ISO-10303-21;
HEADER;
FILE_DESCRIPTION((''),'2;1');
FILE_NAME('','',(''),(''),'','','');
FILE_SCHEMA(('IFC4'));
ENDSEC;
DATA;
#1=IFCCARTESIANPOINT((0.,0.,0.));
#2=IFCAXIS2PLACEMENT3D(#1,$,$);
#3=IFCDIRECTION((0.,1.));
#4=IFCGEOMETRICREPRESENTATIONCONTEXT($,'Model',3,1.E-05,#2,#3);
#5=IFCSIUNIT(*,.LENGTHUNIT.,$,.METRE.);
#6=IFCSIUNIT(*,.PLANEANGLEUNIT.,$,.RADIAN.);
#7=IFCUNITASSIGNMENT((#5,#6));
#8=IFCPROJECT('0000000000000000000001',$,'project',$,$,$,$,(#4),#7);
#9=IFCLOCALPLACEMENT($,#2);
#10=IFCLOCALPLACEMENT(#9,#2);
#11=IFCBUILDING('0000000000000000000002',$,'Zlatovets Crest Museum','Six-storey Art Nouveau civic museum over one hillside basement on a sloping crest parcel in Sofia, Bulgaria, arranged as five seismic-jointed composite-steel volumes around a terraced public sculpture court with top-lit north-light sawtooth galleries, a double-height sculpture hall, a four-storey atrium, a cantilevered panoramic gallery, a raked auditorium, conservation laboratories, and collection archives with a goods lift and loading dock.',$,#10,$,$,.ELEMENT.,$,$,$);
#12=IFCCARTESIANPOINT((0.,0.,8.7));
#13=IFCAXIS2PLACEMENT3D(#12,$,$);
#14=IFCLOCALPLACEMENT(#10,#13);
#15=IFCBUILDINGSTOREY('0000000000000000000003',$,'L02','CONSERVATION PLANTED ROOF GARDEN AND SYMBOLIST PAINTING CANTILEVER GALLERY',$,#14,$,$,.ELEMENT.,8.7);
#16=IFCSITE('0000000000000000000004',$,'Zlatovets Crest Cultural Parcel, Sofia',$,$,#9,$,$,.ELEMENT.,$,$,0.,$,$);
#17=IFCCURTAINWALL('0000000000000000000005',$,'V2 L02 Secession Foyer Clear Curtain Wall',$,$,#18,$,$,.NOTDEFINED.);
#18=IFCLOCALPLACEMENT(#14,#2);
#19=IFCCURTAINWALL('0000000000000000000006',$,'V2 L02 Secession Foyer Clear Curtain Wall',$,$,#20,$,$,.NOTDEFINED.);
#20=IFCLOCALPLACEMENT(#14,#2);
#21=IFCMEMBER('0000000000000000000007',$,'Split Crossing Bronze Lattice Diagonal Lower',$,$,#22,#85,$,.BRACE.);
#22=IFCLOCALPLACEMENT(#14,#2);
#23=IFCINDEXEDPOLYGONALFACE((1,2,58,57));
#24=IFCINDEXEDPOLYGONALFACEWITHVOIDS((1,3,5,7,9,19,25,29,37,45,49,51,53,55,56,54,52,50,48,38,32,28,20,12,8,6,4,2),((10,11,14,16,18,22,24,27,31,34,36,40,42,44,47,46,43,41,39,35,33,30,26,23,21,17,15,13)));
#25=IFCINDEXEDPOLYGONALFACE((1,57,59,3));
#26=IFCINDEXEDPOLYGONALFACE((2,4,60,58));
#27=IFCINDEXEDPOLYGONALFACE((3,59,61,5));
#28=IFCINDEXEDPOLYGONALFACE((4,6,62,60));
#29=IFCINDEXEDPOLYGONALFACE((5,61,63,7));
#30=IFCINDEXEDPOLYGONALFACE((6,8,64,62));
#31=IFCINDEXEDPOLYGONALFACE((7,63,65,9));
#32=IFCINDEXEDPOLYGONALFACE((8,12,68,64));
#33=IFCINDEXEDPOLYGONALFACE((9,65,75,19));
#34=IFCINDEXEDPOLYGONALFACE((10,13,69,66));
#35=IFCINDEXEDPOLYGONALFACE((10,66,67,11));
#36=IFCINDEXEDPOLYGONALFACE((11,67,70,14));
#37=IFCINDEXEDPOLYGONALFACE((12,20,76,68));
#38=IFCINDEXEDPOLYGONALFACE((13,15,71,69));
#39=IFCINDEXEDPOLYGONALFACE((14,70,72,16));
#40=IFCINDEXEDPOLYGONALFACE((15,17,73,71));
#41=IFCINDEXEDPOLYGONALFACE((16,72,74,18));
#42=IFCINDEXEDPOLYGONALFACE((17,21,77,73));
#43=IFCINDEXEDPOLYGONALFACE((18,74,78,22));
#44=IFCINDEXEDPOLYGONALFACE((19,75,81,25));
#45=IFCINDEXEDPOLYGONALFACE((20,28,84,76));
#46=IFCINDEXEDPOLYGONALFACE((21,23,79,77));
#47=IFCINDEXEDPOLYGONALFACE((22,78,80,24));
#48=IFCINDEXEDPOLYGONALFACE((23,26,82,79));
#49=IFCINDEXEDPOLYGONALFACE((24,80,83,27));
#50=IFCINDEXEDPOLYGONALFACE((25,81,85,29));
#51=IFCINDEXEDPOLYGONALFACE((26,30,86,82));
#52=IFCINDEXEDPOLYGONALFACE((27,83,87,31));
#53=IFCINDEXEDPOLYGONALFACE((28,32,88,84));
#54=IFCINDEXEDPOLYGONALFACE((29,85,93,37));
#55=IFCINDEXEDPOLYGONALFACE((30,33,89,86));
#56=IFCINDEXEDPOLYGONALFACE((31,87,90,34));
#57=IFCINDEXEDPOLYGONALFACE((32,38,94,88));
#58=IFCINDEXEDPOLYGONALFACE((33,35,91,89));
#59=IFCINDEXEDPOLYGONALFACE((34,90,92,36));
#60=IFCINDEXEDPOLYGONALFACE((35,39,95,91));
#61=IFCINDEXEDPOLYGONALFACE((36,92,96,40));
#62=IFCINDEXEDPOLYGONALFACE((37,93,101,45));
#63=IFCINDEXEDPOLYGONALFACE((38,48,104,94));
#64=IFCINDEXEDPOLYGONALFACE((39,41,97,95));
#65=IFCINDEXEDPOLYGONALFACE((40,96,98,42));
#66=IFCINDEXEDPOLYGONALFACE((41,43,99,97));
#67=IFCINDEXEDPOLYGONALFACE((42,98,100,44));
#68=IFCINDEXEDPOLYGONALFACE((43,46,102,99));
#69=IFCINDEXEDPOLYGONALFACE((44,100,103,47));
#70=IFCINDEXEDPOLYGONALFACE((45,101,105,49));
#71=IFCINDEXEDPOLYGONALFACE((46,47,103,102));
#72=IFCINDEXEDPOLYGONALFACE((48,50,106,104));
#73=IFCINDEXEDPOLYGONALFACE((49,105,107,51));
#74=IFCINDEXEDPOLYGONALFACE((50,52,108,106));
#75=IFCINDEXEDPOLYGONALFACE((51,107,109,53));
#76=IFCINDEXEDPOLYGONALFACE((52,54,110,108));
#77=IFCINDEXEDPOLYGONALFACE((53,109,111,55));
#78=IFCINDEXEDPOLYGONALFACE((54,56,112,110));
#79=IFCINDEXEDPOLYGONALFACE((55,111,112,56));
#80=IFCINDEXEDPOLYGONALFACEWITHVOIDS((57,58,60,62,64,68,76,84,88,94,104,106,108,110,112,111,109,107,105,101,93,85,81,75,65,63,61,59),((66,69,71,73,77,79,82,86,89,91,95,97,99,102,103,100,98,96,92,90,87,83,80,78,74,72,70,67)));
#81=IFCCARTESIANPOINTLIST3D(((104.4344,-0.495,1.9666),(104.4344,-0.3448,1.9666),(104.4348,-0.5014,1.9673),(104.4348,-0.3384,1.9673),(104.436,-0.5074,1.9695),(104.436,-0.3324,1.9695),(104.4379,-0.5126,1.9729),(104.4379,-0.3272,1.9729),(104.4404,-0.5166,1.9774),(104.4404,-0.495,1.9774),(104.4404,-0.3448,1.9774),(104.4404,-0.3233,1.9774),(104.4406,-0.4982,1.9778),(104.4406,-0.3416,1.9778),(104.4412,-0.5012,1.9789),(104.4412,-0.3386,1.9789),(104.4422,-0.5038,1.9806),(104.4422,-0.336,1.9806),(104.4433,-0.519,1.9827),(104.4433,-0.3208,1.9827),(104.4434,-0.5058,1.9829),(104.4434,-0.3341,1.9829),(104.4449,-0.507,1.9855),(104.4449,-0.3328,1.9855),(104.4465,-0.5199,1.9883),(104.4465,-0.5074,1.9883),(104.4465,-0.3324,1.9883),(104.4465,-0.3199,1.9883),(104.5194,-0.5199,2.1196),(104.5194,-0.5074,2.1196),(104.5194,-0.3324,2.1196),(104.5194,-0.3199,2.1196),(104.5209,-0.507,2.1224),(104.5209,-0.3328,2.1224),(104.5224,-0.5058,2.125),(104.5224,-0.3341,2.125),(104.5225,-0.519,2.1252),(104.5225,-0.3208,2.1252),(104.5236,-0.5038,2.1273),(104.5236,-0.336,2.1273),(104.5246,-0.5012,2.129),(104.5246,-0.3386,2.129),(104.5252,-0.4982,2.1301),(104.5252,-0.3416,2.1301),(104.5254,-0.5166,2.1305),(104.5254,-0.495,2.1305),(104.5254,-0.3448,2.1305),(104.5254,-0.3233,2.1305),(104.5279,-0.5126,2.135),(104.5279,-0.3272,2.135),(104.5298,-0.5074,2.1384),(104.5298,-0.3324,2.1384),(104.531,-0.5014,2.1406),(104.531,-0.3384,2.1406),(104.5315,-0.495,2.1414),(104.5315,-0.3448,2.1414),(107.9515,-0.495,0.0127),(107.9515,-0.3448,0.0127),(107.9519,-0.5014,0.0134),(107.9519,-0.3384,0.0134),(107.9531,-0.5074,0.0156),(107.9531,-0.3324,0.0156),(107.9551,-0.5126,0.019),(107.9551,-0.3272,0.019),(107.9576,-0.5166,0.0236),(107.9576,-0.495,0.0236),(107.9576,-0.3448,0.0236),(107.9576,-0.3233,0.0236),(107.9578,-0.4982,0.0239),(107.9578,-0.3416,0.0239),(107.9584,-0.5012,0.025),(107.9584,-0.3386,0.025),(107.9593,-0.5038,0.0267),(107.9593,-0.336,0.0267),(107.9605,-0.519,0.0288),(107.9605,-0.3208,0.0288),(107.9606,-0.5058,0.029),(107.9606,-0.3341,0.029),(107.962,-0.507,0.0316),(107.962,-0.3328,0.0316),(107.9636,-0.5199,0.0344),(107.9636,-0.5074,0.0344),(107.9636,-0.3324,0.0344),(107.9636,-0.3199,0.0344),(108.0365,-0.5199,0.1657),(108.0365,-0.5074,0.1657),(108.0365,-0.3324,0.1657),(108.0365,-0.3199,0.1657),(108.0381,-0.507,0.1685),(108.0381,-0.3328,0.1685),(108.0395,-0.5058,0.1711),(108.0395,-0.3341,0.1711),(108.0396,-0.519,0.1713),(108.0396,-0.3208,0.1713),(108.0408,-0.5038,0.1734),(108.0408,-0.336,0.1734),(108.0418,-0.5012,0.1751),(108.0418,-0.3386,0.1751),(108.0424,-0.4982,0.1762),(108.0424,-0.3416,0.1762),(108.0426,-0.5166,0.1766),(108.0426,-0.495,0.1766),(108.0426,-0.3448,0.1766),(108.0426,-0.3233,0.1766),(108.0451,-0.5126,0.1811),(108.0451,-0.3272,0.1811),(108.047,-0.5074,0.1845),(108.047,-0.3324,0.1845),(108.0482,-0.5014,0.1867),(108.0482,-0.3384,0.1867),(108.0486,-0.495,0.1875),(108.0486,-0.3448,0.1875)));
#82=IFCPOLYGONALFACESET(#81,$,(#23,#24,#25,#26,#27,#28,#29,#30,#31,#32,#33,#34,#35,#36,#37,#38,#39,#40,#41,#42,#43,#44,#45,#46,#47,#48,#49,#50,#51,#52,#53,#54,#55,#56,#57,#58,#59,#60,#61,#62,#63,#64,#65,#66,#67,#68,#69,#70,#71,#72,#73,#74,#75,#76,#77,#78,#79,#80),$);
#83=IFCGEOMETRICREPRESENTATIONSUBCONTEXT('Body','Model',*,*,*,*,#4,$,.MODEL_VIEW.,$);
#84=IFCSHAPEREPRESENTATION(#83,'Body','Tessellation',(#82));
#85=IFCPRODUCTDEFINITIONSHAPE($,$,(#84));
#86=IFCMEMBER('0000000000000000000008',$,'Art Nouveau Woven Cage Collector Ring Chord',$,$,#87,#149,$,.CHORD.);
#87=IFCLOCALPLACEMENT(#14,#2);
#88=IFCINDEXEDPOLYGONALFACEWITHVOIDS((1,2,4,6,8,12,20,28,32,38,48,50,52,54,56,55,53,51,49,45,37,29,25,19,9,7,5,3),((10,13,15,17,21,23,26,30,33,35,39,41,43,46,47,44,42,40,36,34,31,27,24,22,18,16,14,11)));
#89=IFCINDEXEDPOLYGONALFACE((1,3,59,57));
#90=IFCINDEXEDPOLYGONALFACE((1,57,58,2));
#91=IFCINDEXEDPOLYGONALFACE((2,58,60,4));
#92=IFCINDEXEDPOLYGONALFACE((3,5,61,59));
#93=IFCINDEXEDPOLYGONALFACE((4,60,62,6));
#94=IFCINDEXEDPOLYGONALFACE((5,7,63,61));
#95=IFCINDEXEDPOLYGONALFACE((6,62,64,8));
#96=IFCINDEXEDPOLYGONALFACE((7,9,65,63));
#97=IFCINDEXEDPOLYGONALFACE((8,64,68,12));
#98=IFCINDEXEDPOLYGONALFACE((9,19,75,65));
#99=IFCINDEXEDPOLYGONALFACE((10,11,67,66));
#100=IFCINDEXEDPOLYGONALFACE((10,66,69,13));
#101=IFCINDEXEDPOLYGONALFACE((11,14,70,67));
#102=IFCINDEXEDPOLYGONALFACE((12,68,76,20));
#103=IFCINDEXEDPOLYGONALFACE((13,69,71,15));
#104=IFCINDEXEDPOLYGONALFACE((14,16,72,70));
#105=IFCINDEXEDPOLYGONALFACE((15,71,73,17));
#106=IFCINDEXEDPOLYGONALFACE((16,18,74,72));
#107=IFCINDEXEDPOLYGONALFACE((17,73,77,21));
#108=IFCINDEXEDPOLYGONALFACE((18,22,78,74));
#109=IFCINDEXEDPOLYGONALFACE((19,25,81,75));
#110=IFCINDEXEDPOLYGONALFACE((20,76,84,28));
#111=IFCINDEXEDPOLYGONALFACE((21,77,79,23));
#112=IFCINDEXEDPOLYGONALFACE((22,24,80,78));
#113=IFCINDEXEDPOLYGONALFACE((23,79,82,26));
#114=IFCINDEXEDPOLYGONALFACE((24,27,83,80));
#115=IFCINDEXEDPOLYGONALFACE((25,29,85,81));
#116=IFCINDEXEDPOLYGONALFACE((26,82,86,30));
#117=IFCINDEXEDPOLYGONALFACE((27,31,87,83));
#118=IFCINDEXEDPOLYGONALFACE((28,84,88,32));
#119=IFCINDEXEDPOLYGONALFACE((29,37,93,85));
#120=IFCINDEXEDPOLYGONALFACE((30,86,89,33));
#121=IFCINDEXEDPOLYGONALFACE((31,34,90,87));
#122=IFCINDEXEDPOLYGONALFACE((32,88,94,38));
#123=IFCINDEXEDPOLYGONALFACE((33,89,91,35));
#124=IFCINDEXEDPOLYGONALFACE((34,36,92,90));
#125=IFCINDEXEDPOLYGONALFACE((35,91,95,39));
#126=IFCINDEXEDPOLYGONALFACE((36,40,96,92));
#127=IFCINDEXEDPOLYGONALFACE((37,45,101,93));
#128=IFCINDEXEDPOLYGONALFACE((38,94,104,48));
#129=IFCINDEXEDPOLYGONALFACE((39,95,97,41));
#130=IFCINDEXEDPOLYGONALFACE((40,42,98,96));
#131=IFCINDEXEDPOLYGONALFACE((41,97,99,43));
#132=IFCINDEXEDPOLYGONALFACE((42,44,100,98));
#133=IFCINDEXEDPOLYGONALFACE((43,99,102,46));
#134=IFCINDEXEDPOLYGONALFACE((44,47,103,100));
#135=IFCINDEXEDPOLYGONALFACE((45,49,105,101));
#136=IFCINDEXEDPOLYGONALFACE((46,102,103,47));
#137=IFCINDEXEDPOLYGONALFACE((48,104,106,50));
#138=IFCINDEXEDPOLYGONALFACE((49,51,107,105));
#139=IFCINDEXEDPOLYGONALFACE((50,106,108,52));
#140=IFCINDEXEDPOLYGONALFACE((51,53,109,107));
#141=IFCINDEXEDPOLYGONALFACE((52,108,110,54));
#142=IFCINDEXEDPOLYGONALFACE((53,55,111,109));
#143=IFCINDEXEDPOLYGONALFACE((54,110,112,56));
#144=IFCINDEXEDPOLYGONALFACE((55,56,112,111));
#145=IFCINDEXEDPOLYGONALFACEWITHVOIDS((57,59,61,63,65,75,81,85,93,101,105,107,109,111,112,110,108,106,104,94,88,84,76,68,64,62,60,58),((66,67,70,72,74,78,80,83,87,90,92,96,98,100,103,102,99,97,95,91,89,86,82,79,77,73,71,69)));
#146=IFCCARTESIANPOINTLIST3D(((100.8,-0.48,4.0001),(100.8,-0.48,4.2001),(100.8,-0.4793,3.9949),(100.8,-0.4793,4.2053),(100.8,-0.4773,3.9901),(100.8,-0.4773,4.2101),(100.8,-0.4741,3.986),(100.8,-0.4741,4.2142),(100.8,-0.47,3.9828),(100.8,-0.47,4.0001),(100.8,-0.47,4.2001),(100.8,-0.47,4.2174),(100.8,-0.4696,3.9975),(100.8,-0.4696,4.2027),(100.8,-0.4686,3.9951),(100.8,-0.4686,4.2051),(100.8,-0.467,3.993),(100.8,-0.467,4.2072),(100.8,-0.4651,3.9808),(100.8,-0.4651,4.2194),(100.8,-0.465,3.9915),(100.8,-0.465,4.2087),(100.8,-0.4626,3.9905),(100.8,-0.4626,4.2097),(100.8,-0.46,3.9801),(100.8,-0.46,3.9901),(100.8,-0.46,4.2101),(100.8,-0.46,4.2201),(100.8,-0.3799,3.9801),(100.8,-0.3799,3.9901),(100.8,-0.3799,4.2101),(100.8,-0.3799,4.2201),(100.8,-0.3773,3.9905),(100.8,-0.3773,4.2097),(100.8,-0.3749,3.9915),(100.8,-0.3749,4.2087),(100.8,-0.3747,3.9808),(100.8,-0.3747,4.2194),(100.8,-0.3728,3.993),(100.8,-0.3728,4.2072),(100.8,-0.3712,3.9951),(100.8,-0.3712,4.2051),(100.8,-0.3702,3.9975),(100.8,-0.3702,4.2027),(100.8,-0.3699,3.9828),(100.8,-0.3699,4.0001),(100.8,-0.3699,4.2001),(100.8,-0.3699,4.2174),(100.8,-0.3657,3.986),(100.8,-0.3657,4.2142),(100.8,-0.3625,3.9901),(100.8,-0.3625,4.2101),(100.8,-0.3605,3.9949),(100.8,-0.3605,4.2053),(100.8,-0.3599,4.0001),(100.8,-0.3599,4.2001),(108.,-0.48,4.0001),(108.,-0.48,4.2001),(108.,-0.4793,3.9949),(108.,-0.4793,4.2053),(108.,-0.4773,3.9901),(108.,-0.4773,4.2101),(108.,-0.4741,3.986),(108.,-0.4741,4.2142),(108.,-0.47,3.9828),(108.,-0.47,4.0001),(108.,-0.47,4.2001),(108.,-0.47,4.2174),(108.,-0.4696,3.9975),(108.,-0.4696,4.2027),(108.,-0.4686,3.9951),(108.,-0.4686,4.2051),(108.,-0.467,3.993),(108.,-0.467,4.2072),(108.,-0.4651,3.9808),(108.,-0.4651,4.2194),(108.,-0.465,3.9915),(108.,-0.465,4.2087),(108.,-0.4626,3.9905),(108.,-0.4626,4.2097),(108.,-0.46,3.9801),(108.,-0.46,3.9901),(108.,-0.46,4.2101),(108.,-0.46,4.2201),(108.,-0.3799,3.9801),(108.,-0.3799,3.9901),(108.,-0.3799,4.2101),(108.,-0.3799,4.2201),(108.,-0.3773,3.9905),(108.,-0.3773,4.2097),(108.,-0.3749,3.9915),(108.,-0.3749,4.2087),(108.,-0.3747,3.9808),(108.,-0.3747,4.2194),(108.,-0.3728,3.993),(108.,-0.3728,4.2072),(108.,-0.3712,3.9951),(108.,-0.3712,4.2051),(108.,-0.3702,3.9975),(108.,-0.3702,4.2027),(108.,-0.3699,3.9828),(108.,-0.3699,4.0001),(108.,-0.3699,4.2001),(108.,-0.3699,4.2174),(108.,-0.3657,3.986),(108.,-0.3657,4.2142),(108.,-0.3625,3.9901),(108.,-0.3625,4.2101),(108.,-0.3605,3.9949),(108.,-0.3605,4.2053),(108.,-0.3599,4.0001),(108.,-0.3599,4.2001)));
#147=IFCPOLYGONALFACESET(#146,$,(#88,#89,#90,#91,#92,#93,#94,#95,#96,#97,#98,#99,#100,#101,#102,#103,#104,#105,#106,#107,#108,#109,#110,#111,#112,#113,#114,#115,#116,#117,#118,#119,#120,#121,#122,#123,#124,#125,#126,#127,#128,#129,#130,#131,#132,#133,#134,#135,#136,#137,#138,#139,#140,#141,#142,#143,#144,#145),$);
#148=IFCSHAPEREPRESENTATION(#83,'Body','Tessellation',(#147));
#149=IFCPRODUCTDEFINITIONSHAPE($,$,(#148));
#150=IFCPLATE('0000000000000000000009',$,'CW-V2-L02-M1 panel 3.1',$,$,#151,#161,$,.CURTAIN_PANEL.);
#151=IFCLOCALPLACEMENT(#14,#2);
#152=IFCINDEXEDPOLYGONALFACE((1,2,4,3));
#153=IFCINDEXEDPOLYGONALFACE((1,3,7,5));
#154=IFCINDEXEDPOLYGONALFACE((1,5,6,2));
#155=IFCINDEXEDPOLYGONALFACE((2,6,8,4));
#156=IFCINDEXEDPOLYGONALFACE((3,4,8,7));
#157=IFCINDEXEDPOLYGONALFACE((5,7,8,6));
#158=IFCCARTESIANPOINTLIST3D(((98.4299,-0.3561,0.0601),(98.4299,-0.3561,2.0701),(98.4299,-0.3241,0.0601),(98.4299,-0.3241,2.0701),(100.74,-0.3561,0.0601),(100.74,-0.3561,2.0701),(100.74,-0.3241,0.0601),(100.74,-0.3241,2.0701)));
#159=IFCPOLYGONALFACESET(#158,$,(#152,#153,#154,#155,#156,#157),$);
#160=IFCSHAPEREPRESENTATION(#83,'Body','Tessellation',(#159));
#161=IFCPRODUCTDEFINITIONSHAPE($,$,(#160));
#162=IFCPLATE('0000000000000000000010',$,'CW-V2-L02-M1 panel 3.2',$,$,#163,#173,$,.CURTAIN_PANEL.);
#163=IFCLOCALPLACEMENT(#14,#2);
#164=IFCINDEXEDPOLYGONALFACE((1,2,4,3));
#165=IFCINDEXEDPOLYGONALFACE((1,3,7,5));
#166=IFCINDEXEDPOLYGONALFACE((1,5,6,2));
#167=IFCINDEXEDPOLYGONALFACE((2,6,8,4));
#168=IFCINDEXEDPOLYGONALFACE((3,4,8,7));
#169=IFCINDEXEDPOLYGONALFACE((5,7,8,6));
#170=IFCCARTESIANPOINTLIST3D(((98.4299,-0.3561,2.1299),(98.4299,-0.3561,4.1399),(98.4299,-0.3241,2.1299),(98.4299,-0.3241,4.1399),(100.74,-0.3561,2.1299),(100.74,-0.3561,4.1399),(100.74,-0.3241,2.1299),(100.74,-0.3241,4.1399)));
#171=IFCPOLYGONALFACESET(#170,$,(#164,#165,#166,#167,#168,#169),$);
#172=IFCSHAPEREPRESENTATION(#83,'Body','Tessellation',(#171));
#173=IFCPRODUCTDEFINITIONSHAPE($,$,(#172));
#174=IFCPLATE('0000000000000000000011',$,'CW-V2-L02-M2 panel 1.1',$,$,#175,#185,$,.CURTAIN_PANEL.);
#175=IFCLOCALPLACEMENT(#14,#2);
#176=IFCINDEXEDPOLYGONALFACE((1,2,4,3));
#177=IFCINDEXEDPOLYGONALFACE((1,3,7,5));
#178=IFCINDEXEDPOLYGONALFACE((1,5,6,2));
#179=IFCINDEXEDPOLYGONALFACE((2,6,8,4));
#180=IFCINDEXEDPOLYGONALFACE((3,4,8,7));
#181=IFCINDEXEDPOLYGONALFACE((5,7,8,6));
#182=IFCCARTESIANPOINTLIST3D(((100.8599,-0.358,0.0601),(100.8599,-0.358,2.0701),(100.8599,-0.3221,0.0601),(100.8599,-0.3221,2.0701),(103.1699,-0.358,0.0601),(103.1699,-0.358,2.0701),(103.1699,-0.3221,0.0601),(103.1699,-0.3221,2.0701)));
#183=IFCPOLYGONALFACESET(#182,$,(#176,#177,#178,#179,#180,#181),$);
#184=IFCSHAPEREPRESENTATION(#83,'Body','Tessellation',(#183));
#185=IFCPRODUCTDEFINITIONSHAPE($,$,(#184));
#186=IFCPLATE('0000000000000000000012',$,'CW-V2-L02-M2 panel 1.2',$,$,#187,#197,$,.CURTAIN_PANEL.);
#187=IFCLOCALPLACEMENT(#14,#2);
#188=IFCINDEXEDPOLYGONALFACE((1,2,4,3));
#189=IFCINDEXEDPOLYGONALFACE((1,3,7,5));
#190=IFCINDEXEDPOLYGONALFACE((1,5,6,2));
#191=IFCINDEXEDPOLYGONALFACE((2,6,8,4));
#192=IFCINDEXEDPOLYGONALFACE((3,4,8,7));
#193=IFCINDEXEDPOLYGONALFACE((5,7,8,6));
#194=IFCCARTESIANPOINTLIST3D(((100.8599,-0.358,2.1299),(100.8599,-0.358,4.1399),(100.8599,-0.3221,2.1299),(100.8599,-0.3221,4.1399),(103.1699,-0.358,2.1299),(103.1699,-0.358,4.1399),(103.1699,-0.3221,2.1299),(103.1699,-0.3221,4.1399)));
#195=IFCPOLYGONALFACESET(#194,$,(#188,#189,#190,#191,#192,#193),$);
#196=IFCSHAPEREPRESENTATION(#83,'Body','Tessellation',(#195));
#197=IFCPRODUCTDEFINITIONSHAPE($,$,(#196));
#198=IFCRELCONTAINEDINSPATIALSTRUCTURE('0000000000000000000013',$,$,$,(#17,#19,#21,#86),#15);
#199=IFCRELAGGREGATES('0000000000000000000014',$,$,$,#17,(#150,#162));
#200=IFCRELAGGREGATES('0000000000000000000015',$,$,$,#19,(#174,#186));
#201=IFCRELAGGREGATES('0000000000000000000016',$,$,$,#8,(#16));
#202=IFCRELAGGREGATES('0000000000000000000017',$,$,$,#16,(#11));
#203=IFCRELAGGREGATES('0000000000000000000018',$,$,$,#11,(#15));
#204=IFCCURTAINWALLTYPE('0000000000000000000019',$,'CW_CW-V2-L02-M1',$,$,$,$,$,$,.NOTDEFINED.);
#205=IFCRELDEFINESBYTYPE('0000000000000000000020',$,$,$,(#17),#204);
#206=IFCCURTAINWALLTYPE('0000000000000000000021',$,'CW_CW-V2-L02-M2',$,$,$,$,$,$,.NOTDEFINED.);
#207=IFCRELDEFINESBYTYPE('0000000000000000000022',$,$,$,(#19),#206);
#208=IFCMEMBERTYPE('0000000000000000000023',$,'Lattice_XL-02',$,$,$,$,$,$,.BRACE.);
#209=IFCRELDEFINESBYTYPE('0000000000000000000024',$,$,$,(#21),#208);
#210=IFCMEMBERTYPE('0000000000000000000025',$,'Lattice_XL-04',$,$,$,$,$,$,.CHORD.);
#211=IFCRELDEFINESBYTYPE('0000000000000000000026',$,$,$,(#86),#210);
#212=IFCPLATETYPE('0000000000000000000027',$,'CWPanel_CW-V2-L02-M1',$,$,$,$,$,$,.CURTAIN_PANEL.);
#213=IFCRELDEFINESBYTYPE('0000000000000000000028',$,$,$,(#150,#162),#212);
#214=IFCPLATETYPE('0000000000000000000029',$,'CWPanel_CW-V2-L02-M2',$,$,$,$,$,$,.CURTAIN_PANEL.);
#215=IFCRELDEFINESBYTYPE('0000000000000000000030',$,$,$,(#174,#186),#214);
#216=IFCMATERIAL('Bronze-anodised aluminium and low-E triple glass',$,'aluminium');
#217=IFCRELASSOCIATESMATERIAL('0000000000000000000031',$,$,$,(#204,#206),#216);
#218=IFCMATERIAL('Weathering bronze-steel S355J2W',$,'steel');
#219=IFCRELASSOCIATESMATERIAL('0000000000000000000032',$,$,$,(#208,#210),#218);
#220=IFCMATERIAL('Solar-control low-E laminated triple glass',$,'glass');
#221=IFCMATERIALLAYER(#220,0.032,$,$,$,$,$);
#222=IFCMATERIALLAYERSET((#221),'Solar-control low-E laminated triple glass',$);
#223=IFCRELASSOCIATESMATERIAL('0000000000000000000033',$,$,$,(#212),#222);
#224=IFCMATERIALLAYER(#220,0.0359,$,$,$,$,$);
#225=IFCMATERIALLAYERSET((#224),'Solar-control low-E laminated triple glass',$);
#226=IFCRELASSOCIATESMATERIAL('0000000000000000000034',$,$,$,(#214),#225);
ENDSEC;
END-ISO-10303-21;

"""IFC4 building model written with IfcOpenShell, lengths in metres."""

from ifc_helpers import new_model, si_unit, direction, frame, origin, origin_2d, place, context, subcontext, project, spatial, rectangle, hollow_rectangle, extrude, material, layer, layer_set, material_profile, profile_set, type_object, element, aggregate, save


model = new_model("IFC4")

# Units and contexts
model_context = context("Model", 3, precision=1e-05, world=origin(), true_north=direction((0.0, 1.0)))
body_context = subcontext(model_context, "Body", "Model", "MODEL_VIEW")
ifc_project = project(units=[si_unit("LENGTHUNIT", "METRE"), si_unit("PLANEANGLEUNIT", "RADIAN")], contexts=[model_context])

# Site, building, storey
site_placement = place(None, origin())
site = spatial("IfcSite", under=ifc_project, at=site_placement, Name="Zlatovets Crest Cultural Parcel, Sofia", CompositionType="ELEMENT", RefElevation=0.0)
building_placement = place(site_placement, origin())
building = spatial("IfcBuilding", under=site, at=building_placement, Name="Zlatovets Crest Museum", Description="Six-storey Art Nouveau civic museum over one hillside basement on a sloping crest parcel in Sofia, Bulgaria, arranged as five seismic-jointed composite-steel volumes around a terraced public sculpture court with top-lit north-light sawtooth galleries, a double-height sculpture hall, a four-storey atrium, a cantilevered panoramic gallery, a raked auditorium, conservation laboratories, and collection archives with a goods lift and loading dock.", CompositionType="ELEMENT")
storey_placement = place(building_placement, frame((0.0, 0.0, 8.7)))
storey = spatial("IfcBuildingStorey", under=building, at=storey_placement, Name="L02", Description="CONSERVATION PLANTED ROOF GARDEN AND SYMBOLIST PAINTING CANTILEVER GALLERY", CompositionType="ELEMENT", Elevation=8.7)

# Curtain wall
ifc_material_1 = material(Name="Bronze-anodised aluminium and low-E triple glass", Category="aluminium")
curtain_wall_type_1 = type_object("IfcCurtainWallType", Name="CW_CW-V2-L02-M1", PredefinedType="NOTDEFINED", material=ifc_material_1)
curtain_wall_1_placement = place(storey_placement, origin())
curtain_wall_1 = element("IfcCurtainWall", 1, at=curtain_wall_1_placement, inside=storey, type_object=curtain_wall_type_1, Name="V2 L02 Secession Foyer Clear Curtain Wall", PredefinedType="NOTDEFINED")

# Curtain wall
curtain_wall_type_2 = type_object("IfcCurtainWallType", Name="CW_CW-V2-L02-M2", PredefinedType="NOTDEFINED", material=ifc_material_1)
curtain_wall_2_placement = place(storey_placement, origin())
curtain_wall_2 = element("IfcCurtainWall", 2, at=curtain_wall_2_placement, inside=storey, type_object=curtain_wall_type_2, Name="V2 L02 Secession Foyer Clear Curtain Wall", PredefinedType="NOTDEFINED")

# Members
ifc_material_2 = material(Name="Weathering bronze-steel S355J2W", Category="steel")
ifc_material_profile_1 = material_profile(ifc_material_2, hollow_rectangle(XDim=0.2, YDim=0.2, WallThickness=0.0125, InnerFilletRadius=0.0125, OuterFilletRadius=0.0249, at=origin_2d()), Name="SHS 200x200x12.5")
ifc_profile_set_1 = profile_set([ifc_material_profile_1], Name="Weathering bronze-steel S355J2W")
member_type_1 = type_object("IfcMemberType", Name="Lattice_XL-02", PredefinedType="BRACE", material=ifc_profile_set_1)
member_1_placement = place(storey_placement, frame((104.4829, -0.4199, 2.054), z_axis=(0.874166, 0.0, -0.485627), x_axis=(0.0, 1.0, 0.0)))
element("IfcMember", 3, at=member_1_placement, inside=storey, type_object=member_type_1, Name="Split Crossing Bronze Lattice Diagonal Lower", PredefinedType="BRACE", context=body_context, shape_type="SweptSolid", body=[
    extrude(hollow_rectangle(XDim=0.2, YDim=0.2, WallThickness=0.0125, InnerFilletRadius=0.0125, OuterFilletRadius=0.0249, at=origin_2d()), origin(), (0.0, 0.0, 1.0), 4.0234),
])
ifc_material_profile_2 = material_profile(ifc_material_2, hollow_rectangle(XDim=0.1201, YDim=0.24, WallThickness=0.01, InnerFilletRadius=0.01, OuterFilletRadius=0.02, at=origin_2d()), Name="RHS 120x240x10.0")
ifc_profile_set_2 = profile_set([ifc_material_profile_2], Name="Weathering bronze-steel S355J2W")
member_type_2 = type_object("IfcMemberType", Name="Lattice_XL-04", PredefinedType="CHORD", material=ifc_profile_set_2)
member_2_placement = place(storey_placement, frame((100.8, -0.4199, 4.1001), z_axis=(1.0, 0.0, 0.0), x_axis=(0.0, 1.0, 0.0)))
element("IfcMember", 4, at=member_2_placement, inside=storey, type_object=member_type_2, Name="Art Nouveau Woven Cage Collector Ring Chord", PredefinedType="CHORD", context=body_context, shape_type="SweptSolid", body=[
    extrude(hollow_rectangle(XDim=0.1201, YDim=0.24, WallThickness=0.01, InnerFilletRadius=0.01, OuterFilletRadius=0.02, at=origin_2d()), origin(), (0.0, 0.0, 1.0), 7.2),
])

# Plates
ifc_material_3 = material(Name="Solar-control low-E laminated triple glass", Category="glass")
ifc_layer_1 = layer(ifc_material_3, 0.032)
ifc_layer_set_1 = layer_set([ifc_layer_1], Name="Solar-control low-E laminated triple glass")
plate_type_1 = type_object("IfcPlateType", Name="CWPanel_CW-V2-L02-M1", PredefinedType="CURTAIN_PANEL", material=ifc_layer_set_1)
plate_1_placement = place(storey_placement, frame((99.585, -0.3401, 0.0601), z_axis=(0.0, 0.0, 1.0), x_axis=(1.0, 0.0, 0.0)))
plate_1 = element("IfcPlate", 5, at=plate_1_placement, type_object=plate_type_1, Name="CW-V2-L02-M1 panel 3.1", PredefinedType="CURTAIN_PANEL", context=body_context, shape_type="SweptSolid", body=[
    extrude(rectangle(XDim=2.3101, YDim=0.032, at=origin_2d()), origin(), (0.0, 0.0, 1.0), 2.01),
])
plate_2_placement = place(storey_placement, frame((99.585, -0.3401, 2.1299), z_axis=(0.0, 0.0, 1.0), x_axis=(1.0, 0.0, 0.0)))
plate_2 = element("IfcPlate", 6, at=plate_2_placement, type_object=plate_type_1, Name="CW-V2-L02-M1 panel 3.2", PredefinedType="CURTAIN_PANEL", context=body_context, shape_type="SweptSolid", body=[
    extrude(rectangle(XDim=2.3101, YDim=0.032, at=origin_2d()), origin(), (0.0, 0.0, 1.0), 2.01),
])
aggregate(curtain_wall_1, [plate_1, plate_2])
ifc_layer_2 = layer(ifc_material_3, 0.0359)
ifc_layer_set_2 = layer_set([ifc_layer_2], Name="Solar-control low-E laminated triple glass")
plate_type_2 = type_object("IfcPlateType", Name="CWPanel_CW-V2-L02-M2", PredefinedType="CURTAIN_PANEL", material=ifc_layer_set_2)
plate_3_placement = place(storey_placement, frame((102.0149, -0.3401, 0.0601), z_axis=(0.0, 0.0, 1.0), x_axis=(1.0, 0.0, 0.0)))
plate_3 = element("IfcPlate", 7, at=plate_3_placement, type_object=plate_type_2, Name="CW-V2-L02-M2 panel 1.1", PredefinedType="CURTAIN_PANEL", context=body_context, shape_type="SweptSolid", body=[
    extrude(rectangle(XDim=2.3101, YDim=0.0359, at=origin_2d()), origin(), (0.0, 0.0, 1.0), 2.01),
])
plate_4_placement = place(storey_placement, frame((102.0149, -0.3401, 2.1299), z_axis=(0.0, 0.0, 1.0), x_axis=(1.0, 0.0, 0.0)))
plate_4 = element("IfcPlate", 8, at=plate_4_placement, type_object=plate_type_2, Name="CW-V2-L02-M2 panel 1.2", PredefinedType="CURTAIN_PANEL", context=body_context, shape_type="SweptSolid", body=[
    extrude(rectangle(XDim=2.3101, YDim=0.0359, at=origin_2d()), origin(), (0.0, 0.0, 1.0), 2.01),
])
aggregate(curtain_wall_2, [plate_3, plate_4])

save(model, "model.ifc")
